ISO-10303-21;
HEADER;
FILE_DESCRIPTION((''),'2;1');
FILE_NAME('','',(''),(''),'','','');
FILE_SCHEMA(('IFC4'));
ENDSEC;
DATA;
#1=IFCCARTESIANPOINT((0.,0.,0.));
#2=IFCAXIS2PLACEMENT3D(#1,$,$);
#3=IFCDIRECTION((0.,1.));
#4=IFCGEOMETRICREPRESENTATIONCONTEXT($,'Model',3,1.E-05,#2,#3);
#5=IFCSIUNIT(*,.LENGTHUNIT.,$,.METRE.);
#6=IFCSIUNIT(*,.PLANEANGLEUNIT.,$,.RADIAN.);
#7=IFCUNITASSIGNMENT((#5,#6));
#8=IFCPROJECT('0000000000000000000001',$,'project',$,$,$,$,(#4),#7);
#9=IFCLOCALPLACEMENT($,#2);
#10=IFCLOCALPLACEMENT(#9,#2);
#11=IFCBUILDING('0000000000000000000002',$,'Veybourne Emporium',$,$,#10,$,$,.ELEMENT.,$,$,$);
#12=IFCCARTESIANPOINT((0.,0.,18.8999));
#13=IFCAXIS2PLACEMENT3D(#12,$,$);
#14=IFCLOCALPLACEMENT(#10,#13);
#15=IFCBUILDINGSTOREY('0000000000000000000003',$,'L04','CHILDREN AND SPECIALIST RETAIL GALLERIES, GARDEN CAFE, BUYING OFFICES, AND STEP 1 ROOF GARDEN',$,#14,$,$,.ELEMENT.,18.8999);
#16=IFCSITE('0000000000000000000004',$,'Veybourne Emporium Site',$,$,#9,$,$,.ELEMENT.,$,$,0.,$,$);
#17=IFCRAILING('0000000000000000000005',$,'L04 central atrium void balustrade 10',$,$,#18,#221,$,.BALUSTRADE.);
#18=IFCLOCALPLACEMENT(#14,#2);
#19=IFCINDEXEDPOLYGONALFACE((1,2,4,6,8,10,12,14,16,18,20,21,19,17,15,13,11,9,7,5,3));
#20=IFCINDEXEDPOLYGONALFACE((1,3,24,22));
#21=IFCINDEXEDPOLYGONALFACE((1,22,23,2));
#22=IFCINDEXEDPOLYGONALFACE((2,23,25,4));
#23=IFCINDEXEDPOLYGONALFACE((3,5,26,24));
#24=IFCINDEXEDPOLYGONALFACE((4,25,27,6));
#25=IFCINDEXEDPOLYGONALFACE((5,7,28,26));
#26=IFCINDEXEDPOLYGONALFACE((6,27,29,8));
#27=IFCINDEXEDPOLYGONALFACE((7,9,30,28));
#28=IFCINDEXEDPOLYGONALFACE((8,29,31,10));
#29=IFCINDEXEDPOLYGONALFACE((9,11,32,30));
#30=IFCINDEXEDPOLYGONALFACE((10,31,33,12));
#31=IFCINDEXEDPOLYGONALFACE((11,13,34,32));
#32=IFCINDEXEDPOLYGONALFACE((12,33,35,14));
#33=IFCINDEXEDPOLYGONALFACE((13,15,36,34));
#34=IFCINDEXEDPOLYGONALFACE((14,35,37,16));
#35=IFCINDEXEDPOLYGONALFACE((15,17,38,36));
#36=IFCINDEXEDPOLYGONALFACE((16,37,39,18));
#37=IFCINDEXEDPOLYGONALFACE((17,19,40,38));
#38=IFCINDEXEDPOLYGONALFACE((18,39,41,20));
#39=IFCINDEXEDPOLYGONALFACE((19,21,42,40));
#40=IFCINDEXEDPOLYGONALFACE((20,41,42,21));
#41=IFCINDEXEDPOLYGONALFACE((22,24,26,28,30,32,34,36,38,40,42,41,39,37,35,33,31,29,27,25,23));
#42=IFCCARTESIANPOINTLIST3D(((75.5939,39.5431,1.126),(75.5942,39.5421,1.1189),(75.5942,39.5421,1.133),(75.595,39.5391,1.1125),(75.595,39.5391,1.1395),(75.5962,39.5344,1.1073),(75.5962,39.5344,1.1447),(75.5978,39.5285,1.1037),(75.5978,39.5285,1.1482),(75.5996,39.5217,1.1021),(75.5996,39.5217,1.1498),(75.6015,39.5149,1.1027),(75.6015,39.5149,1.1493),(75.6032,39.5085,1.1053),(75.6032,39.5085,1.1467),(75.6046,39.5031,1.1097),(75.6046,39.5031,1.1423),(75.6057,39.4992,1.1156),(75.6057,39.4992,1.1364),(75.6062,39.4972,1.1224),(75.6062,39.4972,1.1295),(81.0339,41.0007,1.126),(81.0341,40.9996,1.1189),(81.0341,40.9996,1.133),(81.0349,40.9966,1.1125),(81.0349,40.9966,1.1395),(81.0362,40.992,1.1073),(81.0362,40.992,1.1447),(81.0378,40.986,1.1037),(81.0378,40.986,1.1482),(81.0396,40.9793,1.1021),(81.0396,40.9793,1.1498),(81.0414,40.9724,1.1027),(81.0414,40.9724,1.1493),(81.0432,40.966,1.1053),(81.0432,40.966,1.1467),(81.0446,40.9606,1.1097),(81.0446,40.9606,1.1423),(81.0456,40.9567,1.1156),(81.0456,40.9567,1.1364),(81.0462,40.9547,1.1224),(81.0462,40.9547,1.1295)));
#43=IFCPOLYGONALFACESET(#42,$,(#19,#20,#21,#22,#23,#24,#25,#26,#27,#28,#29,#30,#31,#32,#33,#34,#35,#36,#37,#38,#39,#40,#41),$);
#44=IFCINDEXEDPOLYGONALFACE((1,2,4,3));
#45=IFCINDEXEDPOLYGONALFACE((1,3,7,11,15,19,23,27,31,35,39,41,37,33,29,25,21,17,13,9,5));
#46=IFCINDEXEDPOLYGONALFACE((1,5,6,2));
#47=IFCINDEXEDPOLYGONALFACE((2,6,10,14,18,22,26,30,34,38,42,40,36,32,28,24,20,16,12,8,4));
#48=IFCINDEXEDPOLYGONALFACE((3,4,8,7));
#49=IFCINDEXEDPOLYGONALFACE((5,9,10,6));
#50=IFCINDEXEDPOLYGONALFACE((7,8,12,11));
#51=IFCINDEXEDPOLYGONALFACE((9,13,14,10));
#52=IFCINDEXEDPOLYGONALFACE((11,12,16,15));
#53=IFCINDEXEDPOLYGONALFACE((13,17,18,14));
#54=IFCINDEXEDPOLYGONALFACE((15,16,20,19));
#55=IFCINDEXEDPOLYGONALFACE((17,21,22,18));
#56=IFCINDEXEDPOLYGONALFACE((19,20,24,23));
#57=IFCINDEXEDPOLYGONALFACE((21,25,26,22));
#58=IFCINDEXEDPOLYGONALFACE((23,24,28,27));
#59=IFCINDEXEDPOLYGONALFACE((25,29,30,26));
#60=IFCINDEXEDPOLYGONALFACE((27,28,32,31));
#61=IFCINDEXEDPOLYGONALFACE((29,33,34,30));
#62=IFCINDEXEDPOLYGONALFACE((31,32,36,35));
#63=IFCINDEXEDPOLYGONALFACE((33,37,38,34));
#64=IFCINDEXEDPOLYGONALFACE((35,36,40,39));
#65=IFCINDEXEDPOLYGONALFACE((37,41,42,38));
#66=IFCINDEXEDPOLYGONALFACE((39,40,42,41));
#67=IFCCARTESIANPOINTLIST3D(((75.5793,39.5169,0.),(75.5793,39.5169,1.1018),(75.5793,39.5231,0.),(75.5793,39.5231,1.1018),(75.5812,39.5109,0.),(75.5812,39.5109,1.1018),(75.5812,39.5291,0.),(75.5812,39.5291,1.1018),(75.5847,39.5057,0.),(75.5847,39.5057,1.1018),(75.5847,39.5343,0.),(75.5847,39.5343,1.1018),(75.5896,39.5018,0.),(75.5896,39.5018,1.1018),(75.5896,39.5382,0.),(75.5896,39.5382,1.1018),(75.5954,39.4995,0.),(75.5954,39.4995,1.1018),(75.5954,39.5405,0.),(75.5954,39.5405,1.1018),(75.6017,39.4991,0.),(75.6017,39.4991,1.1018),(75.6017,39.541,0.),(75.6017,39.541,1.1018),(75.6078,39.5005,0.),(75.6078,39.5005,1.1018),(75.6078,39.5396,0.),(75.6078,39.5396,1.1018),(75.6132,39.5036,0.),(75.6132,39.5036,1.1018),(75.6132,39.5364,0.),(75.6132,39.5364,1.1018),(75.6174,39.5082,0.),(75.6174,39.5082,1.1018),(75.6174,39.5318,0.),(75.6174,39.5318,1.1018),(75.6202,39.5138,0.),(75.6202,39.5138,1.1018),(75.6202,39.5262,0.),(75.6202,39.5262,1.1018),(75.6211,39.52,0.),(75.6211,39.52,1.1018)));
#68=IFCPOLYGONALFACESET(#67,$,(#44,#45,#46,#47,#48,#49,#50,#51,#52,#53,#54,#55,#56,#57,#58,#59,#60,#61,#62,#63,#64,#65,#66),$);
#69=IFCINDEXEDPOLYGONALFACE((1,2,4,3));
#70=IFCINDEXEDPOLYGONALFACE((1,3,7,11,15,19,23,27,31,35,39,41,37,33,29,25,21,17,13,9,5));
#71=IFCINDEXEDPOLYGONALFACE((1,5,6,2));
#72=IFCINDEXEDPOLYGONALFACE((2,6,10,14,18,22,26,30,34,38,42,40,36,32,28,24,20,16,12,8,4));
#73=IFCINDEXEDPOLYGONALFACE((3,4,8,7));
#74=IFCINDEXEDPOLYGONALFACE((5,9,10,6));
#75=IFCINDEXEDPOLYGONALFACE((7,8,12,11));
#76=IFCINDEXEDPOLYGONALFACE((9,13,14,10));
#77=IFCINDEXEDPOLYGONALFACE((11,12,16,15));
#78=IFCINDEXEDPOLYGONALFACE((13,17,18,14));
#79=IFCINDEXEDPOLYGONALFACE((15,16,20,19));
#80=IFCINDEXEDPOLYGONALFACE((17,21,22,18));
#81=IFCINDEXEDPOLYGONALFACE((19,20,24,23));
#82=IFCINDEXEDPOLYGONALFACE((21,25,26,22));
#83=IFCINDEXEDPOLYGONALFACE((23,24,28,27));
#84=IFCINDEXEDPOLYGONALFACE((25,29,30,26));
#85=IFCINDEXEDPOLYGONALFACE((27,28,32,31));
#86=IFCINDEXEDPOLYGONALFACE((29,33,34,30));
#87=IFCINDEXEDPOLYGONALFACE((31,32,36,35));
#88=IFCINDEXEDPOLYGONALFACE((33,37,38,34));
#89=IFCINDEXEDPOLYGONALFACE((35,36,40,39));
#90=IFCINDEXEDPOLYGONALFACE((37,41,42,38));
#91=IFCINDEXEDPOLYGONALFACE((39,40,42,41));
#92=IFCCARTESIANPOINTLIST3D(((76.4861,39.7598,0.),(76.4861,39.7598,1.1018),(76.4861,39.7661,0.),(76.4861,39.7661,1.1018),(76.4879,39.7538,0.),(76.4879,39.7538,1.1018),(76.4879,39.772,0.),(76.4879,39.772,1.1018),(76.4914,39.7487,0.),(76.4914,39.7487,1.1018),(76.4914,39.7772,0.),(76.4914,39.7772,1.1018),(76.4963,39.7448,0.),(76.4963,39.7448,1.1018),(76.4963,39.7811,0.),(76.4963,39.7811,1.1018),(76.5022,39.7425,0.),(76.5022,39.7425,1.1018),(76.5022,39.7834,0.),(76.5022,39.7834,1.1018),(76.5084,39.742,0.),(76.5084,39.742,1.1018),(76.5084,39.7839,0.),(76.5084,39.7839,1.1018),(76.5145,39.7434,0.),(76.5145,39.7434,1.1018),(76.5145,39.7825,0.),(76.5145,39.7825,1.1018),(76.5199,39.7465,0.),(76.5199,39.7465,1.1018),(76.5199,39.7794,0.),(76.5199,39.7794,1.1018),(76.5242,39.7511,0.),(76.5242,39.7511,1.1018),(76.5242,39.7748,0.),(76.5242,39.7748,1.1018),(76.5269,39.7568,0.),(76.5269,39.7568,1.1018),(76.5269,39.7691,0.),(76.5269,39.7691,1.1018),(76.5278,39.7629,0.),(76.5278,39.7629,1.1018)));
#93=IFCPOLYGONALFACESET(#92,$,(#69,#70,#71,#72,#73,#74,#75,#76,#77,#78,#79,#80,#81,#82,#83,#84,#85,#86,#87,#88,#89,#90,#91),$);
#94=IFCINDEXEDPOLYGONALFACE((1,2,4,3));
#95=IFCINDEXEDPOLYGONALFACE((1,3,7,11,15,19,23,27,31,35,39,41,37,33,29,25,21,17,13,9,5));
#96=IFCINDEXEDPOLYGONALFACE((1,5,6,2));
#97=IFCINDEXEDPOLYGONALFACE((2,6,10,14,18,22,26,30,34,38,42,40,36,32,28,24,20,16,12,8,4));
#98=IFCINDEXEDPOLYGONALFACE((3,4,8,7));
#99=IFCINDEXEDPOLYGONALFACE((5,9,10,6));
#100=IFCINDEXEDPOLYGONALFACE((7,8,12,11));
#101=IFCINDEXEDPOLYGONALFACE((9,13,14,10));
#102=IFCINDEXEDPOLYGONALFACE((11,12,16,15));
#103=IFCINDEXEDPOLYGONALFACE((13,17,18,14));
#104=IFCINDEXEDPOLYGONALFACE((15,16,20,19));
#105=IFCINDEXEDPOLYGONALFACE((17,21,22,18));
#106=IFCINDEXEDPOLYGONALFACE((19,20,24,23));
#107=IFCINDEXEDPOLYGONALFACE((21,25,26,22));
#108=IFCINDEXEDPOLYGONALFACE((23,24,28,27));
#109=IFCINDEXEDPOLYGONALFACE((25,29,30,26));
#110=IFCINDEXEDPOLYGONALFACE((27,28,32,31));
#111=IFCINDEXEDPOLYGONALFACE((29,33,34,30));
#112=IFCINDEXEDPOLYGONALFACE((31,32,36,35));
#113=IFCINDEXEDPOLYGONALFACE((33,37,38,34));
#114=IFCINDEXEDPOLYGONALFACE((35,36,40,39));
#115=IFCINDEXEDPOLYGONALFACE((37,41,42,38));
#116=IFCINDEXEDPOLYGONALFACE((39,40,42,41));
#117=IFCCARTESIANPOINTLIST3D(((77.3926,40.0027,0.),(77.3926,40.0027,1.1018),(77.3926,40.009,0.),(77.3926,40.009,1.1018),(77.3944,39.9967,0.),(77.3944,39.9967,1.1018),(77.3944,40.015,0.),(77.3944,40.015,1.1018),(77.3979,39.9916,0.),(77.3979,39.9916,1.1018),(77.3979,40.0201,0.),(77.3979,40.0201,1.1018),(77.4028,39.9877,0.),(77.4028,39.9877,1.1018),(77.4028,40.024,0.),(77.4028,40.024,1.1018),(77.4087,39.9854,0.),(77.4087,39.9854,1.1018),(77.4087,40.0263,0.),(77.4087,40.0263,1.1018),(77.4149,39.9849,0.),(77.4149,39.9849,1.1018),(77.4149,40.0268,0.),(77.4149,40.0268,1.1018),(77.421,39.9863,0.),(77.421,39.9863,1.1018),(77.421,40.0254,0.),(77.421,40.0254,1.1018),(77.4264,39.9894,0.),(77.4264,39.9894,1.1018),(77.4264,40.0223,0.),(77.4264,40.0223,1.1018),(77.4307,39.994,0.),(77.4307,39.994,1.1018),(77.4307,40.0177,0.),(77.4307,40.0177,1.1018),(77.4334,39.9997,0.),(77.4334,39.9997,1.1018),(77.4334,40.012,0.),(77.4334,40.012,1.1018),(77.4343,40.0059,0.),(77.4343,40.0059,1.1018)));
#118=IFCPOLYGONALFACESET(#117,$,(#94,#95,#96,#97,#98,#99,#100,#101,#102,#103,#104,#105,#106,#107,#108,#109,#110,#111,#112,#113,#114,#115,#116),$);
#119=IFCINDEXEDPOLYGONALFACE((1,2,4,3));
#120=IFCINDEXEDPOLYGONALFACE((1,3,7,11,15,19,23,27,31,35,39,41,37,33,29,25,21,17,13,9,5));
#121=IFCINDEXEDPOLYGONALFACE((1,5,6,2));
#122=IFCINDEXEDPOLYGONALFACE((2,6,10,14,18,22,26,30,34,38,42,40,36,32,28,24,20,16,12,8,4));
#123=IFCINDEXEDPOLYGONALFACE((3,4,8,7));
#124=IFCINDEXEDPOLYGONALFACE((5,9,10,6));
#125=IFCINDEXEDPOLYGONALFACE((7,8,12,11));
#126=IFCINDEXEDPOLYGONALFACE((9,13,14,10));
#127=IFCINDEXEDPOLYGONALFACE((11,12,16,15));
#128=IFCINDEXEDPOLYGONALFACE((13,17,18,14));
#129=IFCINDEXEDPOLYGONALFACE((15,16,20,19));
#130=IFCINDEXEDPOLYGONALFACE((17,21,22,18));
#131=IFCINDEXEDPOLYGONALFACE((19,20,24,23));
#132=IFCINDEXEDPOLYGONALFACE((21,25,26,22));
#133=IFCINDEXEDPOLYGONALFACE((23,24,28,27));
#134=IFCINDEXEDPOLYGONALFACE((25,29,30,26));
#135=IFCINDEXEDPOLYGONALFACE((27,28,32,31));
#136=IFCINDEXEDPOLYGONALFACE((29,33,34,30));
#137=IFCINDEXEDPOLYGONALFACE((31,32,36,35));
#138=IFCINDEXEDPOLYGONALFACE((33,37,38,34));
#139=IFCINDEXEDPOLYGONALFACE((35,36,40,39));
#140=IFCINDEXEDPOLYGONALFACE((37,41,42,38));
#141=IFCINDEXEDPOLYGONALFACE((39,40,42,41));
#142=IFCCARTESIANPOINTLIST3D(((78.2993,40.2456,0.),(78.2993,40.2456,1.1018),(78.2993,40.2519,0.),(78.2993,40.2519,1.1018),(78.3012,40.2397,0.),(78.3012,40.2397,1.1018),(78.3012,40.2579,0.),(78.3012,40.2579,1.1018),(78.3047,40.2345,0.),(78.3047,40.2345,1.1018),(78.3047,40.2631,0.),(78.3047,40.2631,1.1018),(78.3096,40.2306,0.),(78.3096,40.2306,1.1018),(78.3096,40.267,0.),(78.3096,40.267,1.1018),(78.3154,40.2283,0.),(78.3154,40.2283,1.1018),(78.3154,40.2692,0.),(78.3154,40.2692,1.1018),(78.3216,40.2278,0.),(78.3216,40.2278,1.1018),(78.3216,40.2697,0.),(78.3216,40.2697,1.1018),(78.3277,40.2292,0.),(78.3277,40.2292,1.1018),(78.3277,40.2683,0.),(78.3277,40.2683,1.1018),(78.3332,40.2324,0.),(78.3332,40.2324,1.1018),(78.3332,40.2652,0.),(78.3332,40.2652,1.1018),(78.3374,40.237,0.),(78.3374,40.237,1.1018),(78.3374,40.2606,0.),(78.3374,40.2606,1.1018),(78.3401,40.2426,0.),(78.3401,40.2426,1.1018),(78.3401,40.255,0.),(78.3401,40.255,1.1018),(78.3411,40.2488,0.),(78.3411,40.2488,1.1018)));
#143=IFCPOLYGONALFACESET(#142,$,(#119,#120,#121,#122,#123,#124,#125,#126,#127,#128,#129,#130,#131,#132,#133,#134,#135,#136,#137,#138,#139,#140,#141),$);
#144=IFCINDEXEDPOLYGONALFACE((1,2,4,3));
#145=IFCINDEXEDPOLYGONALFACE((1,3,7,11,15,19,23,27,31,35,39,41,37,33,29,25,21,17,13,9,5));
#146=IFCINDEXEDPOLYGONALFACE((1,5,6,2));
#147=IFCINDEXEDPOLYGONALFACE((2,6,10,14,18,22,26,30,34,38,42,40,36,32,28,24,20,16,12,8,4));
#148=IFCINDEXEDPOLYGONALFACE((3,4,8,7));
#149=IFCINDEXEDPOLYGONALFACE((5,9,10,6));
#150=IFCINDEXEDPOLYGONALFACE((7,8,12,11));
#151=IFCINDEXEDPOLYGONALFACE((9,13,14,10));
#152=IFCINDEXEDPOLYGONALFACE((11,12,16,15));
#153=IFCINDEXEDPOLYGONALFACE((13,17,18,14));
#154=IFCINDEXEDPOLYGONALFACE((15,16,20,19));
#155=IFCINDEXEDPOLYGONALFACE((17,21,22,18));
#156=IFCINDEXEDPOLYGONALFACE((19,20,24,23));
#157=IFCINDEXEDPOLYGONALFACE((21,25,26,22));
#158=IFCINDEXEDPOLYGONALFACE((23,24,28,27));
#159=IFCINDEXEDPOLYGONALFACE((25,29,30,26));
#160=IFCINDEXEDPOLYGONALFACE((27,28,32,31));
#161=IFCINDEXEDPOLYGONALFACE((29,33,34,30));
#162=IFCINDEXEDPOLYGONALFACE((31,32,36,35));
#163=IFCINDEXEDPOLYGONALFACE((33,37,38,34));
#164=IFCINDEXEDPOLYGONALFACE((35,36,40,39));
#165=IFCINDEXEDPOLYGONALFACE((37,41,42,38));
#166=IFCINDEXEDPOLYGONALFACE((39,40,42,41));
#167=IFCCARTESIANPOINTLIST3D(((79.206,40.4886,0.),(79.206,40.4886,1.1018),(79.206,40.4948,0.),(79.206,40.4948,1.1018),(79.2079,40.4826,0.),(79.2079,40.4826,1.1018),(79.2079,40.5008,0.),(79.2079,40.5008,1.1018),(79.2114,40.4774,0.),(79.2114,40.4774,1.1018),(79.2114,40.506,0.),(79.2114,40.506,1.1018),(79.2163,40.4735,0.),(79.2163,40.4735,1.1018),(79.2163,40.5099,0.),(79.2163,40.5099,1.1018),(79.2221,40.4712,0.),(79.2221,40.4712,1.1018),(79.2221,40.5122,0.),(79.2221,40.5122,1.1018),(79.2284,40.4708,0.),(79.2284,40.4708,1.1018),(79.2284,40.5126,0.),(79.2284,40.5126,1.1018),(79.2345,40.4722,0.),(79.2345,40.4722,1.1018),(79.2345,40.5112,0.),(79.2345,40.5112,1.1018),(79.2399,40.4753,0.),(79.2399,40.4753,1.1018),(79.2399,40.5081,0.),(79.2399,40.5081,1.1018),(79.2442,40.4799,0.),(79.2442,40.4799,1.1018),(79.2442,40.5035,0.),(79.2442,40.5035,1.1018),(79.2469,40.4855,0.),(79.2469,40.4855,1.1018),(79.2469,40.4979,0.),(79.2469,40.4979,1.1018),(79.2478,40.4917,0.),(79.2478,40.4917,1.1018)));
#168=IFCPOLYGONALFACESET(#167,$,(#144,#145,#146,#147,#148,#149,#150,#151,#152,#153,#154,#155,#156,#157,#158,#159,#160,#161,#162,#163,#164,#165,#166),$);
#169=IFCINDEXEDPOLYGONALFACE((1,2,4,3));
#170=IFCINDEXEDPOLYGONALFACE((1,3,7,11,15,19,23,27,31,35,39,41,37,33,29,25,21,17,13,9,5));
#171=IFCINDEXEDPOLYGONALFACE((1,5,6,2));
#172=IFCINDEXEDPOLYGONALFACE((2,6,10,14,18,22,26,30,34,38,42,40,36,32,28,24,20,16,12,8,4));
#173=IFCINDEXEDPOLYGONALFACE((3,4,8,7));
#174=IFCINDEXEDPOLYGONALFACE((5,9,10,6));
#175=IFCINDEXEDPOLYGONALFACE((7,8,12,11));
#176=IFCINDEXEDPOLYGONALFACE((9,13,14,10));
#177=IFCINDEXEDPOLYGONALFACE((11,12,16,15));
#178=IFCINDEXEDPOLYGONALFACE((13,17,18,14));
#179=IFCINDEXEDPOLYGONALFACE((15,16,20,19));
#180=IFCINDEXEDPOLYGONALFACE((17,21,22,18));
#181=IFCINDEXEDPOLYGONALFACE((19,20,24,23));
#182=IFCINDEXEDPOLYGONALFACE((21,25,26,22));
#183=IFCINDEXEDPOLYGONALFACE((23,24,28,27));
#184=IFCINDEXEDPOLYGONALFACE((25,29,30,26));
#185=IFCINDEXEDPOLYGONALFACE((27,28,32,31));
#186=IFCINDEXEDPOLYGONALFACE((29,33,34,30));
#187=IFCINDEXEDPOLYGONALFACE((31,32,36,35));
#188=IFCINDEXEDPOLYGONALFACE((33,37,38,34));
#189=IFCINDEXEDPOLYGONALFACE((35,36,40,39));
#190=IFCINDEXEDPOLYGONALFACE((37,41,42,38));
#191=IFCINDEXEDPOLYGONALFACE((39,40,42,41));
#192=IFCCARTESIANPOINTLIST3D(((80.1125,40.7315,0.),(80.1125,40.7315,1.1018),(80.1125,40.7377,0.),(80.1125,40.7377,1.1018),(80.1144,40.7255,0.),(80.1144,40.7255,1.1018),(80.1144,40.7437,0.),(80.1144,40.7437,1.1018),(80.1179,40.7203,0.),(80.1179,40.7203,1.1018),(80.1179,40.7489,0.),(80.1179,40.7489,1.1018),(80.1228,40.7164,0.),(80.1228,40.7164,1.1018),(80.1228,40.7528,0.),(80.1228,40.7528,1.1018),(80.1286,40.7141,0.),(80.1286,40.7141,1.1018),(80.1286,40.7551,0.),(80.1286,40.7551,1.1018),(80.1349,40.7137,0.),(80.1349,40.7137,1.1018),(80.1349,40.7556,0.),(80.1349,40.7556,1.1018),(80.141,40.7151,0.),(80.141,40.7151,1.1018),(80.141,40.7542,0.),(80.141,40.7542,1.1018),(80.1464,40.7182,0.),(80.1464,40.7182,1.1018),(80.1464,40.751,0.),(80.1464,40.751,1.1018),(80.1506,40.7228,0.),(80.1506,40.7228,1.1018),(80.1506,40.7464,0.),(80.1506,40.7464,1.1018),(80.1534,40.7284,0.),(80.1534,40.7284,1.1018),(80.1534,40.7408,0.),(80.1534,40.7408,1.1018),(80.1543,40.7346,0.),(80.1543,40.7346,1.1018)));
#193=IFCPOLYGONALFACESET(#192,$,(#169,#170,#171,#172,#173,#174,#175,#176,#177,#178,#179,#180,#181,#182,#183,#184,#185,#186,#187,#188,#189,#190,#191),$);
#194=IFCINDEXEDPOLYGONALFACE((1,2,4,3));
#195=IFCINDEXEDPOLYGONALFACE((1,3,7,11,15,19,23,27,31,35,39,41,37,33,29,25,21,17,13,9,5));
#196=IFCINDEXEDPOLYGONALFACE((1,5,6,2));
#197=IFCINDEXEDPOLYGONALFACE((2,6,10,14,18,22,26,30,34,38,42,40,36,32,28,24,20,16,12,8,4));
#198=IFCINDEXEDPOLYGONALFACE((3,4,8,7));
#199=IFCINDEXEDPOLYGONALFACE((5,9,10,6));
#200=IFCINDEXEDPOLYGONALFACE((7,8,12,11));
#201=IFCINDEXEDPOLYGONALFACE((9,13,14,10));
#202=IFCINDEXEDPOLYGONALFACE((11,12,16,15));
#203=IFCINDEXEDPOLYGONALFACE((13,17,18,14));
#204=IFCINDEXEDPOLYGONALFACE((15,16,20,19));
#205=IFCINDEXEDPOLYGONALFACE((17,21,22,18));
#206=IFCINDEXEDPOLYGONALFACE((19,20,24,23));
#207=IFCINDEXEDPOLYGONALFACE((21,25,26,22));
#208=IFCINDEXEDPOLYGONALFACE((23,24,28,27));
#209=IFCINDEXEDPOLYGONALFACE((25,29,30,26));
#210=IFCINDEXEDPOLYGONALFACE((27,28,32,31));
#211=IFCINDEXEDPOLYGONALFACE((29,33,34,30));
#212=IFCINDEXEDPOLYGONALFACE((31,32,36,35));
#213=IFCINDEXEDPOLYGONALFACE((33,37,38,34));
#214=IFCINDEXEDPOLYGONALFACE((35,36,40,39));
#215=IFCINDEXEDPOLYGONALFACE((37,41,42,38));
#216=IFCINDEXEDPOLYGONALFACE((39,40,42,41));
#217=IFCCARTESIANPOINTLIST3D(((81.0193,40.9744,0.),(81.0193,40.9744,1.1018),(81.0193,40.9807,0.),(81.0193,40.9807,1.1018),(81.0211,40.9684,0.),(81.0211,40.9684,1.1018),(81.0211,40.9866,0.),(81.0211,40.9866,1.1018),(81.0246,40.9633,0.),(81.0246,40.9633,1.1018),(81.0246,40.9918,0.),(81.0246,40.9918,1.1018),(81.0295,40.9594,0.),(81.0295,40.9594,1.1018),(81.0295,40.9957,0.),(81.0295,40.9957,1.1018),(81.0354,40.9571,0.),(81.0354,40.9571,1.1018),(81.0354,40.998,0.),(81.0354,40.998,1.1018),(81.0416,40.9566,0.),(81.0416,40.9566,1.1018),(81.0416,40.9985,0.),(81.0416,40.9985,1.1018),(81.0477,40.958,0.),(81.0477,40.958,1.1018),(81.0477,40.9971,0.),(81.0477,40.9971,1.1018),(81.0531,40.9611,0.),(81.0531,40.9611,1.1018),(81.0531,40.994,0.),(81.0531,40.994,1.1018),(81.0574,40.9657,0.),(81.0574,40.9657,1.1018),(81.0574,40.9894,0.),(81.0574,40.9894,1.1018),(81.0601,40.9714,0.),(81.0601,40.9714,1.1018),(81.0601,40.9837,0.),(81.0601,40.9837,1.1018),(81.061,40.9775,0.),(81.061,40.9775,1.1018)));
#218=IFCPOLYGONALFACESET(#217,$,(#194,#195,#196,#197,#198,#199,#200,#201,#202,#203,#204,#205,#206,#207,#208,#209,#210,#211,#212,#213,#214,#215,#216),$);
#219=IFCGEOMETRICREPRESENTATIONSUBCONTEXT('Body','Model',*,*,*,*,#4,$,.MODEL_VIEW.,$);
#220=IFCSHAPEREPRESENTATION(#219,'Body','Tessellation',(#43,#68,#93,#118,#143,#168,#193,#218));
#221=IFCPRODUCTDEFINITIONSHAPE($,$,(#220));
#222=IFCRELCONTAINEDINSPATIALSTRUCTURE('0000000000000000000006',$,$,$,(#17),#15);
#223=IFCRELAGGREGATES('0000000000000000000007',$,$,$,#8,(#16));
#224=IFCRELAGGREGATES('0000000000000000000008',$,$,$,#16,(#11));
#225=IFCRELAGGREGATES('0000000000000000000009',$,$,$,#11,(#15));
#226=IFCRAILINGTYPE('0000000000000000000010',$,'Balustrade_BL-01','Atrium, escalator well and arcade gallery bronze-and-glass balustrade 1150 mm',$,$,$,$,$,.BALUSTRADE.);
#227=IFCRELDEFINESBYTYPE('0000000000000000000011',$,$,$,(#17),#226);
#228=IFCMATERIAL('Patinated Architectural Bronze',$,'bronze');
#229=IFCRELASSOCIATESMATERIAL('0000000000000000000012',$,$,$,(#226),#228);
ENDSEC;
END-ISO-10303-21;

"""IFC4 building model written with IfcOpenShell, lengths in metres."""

from ifc_helpers import new_model, si_unit, direction, frame, origin, origin_2d, place, context, subcontext, project, spatial, circle, extrude, material, type_object, element, save


model = new_model("IFC4")

# Units and contexts
model_context = context("Model", 3, precision=1e-05, world=origin(), true_north=direction((0.0, 1.0)))
body_context = subcontext(model_context, "Body", "Model", "MODEL_VIEW")
ifc_project = project(units=[si_unit("LENGTHUNIT", "METRE"), si_unit("PLANEANGLEUNIT", "RADIAN")], contexts=[model_context])

# Site, building, storey
site_placement = place(None, origin())
site = spatial("IfcSite", under=ifc_project, at=site_placement, Name="Veybourne Emporium Site", CompositionType="ELEMENT", RefElevation=0.0)
building_placement = place(site_placement, origin())
building = spatial("IfcBuilding", under=site, at=building_placement, Name="Veybourne Emporium", CompositionType="ELEMENT")
storey_placement = place(building_placement, frame((0.0, 0.0, 18.8999)))
storey = spatial("IfcBuildingStorey", under=building, at=storey_placement, Name="L04", Description="CHILDREN AND SPECIALIST RETAIL GALLERIES, GARDEN CAFE, BUYING OFFICES, AND STEP 1 ROOF GARDEN", CompositionType="ELEMENT", Elevation=18.8999)

# Shared definitions
ifc_material_1 = material(Name="Patinated Architectural Bronze", Category="bronze")

# Railing
railing_type = type_object("IfcRailingType", Name="Balustrade_BL-01", Description="Atrium, escalator well and arcade gallery bronze-and-glass balustrade 1150 mm", PredefinedType="BALUSTRADE", material=ifc_material_1)
railing_1_placement = place(storey_placement, frame((75.6001, 39.52, 0.0)))
element("IfcRailing", 1, at=railing_1_placement, inside=storey, type_object=railing_type, Name="L04 central atrium void balustrade 10", PredefinedType="BALUSTRADE", context=body_context, shape_type="SweptSolid", body=[
    extrude(circle(Radius=0.0239, at=origin_2d()), frame((0.0, 0.0, 1.126), z_axis=(0.965931, 0.258801, 0.0), x_axis=(-0.258801, 0.965931, 0.0)), (0.0, 0.0, 1.0), 5.6318),
    extrude(circle(Radius=0.021, at=origin_2d()), origin(), (0.0, 0.0, 1.0), 1.1018),
    extrude(circle(Radius=0.021, at=origin_2d()), frame((0.9067, 0.2429, 0.0)), (0.0, 0.0, 1.0), 1.1018),
    extrude(circle(Radius=0.021, at=origin_2d()), frame((1.8132, 0.4858, 0.0)), (0.0, 0.0, 1.0), 1.1018),
    extrude(circle(Radius=0.021, at=origin_2d()), frame((2.72, 0.7288, 0.0)), (0.0, 0.0, 1.0), 1.1018),
    extrude(circle(Radius=0.021, at=origin_2d()), frame((3.6267, 0.9717, 0.0)), (0.0, 0.0, 1.0), 1.1018),
    extrude(circle(Radius=0.021, at=origin_2d()), frame((4.5332, 1.2146, 0.0)), (0.0, 0.0, 1.0), 1.1018),
    extrude(circle(Radius=0.021, at=origin_2d()), frame((5.4399, 1.4575, 0.0)), (0.0, 0.0, 1.0), 1.1018),
])

save(model, "model.ifc")
